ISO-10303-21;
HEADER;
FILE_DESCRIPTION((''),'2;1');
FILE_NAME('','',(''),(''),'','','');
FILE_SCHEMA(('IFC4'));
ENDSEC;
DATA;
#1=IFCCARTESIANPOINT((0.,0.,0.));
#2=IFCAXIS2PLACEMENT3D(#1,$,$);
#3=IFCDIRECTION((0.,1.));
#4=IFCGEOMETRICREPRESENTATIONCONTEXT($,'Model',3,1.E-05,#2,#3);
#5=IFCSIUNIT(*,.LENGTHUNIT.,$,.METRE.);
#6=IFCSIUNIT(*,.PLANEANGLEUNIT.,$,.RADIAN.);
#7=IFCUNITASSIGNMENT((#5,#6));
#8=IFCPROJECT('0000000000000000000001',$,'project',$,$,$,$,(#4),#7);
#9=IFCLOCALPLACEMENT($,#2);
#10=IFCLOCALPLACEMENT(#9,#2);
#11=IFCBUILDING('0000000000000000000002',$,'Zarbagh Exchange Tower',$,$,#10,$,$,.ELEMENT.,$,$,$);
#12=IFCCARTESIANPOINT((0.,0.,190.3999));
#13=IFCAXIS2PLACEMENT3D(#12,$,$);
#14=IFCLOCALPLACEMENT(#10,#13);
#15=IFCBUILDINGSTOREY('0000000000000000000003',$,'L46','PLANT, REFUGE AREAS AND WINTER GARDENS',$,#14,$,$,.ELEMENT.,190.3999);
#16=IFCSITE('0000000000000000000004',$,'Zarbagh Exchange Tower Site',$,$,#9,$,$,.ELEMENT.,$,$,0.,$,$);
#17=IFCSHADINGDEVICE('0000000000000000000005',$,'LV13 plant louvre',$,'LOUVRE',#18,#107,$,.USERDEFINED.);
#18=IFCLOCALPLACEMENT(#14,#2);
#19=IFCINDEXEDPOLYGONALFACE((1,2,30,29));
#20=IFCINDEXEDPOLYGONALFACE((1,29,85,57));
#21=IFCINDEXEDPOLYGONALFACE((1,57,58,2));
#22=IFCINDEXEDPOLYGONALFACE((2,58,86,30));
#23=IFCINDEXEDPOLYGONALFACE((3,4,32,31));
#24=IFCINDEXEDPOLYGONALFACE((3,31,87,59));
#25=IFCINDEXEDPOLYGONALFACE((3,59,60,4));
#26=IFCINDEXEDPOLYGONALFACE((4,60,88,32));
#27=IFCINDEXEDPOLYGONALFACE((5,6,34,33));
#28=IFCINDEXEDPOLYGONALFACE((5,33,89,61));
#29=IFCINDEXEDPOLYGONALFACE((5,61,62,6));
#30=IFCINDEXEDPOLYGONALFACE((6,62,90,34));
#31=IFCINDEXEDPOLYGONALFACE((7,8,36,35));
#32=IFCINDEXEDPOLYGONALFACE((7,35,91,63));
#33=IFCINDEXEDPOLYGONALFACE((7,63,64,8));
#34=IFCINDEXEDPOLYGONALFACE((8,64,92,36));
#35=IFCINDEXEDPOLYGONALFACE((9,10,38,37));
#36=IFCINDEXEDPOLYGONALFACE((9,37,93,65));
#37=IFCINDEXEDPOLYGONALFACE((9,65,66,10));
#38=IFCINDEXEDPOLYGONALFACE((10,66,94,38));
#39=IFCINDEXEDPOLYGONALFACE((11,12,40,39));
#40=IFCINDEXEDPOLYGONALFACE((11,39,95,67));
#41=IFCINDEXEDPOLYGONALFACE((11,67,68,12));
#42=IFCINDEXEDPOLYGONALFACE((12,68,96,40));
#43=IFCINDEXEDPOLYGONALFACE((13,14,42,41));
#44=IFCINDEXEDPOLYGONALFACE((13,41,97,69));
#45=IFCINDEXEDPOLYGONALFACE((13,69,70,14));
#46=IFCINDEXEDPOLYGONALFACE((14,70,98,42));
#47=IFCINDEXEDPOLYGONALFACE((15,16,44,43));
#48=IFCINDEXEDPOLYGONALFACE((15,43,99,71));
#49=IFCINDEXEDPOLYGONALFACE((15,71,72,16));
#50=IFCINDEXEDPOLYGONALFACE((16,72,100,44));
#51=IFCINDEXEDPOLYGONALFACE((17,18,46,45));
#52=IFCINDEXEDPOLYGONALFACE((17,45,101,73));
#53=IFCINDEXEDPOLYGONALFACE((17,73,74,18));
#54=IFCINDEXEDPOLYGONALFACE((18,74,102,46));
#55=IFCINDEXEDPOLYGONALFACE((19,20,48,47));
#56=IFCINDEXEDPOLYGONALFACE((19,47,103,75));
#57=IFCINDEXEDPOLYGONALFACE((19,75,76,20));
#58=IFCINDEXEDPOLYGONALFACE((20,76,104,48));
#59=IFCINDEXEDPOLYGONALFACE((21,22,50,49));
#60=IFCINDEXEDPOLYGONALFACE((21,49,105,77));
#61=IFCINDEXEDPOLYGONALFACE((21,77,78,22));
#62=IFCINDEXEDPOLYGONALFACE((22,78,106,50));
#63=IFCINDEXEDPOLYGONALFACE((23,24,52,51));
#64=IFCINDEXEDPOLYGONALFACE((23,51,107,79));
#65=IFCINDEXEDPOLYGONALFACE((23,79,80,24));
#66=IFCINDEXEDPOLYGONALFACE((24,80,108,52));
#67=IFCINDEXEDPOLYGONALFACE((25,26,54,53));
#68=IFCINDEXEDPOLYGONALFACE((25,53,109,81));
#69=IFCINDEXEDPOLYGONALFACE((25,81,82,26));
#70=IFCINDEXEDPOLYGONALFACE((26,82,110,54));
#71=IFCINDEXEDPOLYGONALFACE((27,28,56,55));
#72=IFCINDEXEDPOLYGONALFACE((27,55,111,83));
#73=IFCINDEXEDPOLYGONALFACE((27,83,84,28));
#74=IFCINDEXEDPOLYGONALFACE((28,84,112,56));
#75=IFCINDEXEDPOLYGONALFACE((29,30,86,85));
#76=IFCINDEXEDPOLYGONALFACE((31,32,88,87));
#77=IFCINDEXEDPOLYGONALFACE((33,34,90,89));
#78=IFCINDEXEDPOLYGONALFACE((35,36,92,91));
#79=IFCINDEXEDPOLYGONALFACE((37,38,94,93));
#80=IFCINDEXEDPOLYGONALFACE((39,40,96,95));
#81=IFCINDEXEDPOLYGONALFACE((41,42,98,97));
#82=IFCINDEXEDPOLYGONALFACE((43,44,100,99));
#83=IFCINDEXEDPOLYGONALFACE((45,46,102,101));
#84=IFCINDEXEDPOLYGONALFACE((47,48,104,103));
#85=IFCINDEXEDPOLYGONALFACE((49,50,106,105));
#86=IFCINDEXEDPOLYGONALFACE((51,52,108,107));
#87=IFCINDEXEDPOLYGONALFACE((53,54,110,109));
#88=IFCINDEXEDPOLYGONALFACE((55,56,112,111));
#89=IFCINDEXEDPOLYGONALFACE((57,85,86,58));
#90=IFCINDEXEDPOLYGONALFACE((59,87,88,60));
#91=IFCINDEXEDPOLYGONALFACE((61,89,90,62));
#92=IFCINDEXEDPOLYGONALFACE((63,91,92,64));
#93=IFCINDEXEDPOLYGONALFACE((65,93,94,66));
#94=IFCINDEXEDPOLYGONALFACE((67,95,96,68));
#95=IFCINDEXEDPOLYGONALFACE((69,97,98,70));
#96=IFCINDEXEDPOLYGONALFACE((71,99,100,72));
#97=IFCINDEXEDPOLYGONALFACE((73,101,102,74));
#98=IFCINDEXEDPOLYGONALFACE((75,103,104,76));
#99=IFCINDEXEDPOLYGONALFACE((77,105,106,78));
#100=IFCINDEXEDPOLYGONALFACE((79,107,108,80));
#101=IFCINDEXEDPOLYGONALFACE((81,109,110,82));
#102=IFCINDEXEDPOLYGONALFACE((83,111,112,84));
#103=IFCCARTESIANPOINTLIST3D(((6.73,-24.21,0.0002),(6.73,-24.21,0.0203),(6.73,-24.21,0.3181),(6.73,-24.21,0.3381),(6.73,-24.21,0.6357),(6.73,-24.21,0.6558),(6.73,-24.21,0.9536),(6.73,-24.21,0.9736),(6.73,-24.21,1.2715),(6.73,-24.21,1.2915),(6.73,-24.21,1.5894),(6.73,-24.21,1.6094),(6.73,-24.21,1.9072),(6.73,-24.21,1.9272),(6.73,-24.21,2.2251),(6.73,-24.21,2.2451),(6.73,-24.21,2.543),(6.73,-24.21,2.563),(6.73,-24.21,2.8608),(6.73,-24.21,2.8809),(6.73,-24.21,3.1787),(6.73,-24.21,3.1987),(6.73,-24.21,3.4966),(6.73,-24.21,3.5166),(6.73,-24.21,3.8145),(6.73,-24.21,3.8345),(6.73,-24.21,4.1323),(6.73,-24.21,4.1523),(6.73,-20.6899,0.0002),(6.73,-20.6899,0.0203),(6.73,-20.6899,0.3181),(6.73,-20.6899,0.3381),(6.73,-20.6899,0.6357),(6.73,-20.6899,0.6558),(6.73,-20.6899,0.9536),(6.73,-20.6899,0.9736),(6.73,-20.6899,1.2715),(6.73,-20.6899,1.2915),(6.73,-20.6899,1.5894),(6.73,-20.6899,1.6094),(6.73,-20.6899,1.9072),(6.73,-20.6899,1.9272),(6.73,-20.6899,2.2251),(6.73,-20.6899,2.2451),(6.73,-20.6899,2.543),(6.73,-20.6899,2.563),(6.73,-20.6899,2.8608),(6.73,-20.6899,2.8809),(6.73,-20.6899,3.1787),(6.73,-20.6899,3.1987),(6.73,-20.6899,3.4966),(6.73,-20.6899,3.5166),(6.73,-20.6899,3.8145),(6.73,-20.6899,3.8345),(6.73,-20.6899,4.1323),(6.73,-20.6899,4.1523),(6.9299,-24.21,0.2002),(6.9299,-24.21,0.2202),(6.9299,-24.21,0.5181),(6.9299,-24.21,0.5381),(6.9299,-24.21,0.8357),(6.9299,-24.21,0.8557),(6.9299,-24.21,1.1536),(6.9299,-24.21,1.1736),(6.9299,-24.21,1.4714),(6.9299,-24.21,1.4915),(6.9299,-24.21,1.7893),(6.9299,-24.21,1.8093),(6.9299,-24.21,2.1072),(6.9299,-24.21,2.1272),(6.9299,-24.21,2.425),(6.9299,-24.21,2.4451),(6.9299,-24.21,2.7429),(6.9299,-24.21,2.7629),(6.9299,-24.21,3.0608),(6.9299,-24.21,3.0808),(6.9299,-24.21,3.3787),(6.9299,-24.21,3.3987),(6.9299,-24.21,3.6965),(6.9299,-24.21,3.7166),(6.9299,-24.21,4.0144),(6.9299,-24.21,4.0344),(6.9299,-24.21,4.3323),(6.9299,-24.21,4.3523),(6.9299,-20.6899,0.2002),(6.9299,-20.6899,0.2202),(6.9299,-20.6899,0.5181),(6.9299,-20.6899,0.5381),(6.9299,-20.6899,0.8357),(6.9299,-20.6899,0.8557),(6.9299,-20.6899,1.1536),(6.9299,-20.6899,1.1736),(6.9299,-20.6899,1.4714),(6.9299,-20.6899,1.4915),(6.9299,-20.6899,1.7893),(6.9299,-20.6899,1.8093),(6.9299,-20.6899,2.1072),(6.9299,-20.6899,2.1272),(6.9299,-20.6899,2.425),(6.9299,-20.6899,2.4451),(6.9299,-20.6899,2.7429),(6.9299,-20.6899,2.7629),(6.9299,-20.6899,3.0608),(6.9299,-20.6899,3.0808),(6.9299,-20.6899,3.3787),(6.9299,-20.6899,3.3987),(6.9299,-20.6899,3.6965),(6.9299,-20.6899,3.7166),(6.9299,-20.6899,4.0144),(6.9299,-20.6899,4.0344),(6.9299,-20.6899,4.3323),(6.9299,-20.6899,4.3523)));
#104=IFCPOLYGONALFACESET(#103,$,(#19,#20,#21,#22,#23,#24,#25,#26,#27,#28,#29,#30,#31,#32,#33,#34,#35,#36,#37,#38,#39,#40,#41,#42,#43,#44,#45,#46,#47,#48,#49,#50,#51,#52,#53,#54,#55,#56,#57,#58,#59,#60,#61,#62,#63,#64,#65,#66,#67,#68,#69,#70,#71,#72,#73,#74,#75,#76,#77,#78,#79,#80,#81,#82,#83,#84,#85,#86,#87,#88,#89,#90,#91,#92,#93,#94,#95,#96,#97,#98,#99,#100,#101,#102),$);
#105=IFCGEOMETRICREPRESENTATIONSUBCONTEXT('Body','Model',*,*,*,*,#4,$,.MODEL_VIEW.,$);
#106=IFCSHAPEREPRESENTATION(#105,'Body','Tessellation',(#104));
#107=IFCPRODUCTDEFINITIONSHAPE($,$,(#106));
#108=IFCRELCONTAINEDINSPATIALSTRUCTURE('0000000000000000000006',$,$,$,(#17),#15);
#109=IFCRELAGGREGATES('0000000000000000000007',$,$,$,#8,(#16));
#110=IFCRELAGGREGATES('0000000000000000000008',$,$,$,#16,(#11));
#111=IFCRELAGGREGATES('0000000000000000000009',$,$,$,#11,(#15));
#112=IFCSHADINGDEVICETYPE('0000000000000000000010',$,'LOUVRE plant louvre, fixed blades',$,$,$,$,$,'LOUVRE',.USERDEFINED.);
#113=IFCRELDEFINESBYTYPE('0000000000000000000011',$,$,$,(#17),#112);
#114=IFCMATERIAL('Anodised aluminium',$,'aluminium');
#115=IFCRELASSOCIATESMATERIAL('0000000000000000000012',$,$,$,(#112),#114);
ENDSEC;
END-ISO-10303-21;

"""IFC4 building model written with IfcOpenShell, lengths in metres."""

from ifc_helpers import new_model, si_unit, direction, frame, origin, place, context, subcontext, project, spatial, polyline, outline, extrude, source, transform, mapped, material, type_object, element, save


model = new_model("IFC4")

# Units and contexts
model_context = context("Model", 3, precision=1e-05, world=origin(), true_north=direction((0.0, 1.0)))
body_context = subcontext(model_context, "Body", "Model", "MODEL_VIEW")
ifc_project = project(units=[si_unit("LENGTHUNIT", "METRE"), si_unit("PLANEANGLEUNIT", "RADIAN")], contexts=[model_context])

# Site, building, storey
site_placement = place(None, origin())
site = spatial("IfcSite", under=ifc_project, at=site_placement, Name="Zarbagh Exchange Tower Site", CompositionType="ELEMENT", RefElevation=0.0)
building_placement = place(site_placement, origin())
building = spatial("IfcBuilding", under=site, at=building_placement, Name="Zarbagh Exchange Tower", CompositionType="ELEMENT")
storey_placement = place(building_placement, frame((0.0, 0.0, 190.3999)))
storey = spatial("IfcBuildingStorey", under=building, at=storey_placement, Name="L46", Description="PLANT, REFUGE AREAS AND WINTER GARDENS", CompositionType="ELEMENT", Elevation=190.3999)

# Shared definitions
placement = place(storey_placement, origin())

# Shading device
ifc_material_1 = material(Name="Anodised aluminium", Category="aluminium")
shading_device_type = type_object("IfcShadingDeviceType", Name="LOUVRE plant louvre, fixed blades", ElementType="LOUVRE", PredefinedType="USERDEFINED", material=ifc_material_1)
shared_shape_1 = source(origin(), body_context, "Body", "SweptSolid", [
    extrude(outline(polyline([(0.0, 0.2), (0.2, 0.0), (0.2, -0.02), (0.0, 0.1799), (0.0, 0.2)])), origin(), (0.0, 0.0, 1.0), 3.52),
])
element("IfcShadingDevice", 1, at=placement, inside=storey, type_object=shading_device_type, Name="LV13 plant louvre", ObjectType="LOUVRE", PredefinedType="USERDEFINED", context=body_context, shape_type="MappedRepresentation", body=[
    mapped(shared_shape_1, transform((6.73, -24.21, 0.2002), x_axis=(1.0, 0.0, 0.0), y_axis=(0.0, 0.0, -1.0), z_axis=(0.0, 1.0, 0.0))),
    mapped(shared_shape_1, transform((6.73, -24.21, 0.5181), x_axis=(1.0, 0.0, 0.0), y_axis=(0.0, 0.0, -1.0), z_axis=(0.0, 1.0, 0.0))),
    mapped(shared_shape_1, transform((6.73, -24.21, 0.8357), x_axis=(1.0, 0.0, 0.0), y_axis=(0.0, 0.0, -1.0), z_axis=(0.0, 1.0, 0.0))),
    mapped(shared_shape_1, transform((6.73, -24.21, 1.1536), x_axis=(1.0, 0.0, 0.0), y_axis=(0.0, 0.0, -1.0), z_axis=(0.0, 1.0, 0.0))),
    mapped(shared_shape_1, transform((6.73, -24.21, 1.4714), x_axis=(1.0, 0.0, 0.0), y_axis=(0.0, 0.0, -1.0), z_axis=(0.0, 1.0, 0.0))),
    mapped(shared_shape_1, transform((6.73, -24.21, 1.7893), x_axis=(1.0, 0.0, 0.0), y_axis=(0.0, 0.0, -1.0), z_axis=(0.0, 1.0, 0.0))),
    mapped(shared_shape_1, transform((6.73, -24.21, 2.1072), x_axis=(1.0, 0.0, 0.0), y_axis=(0.0, 0.0, -1.0), z_axis=(0.0, 1.0, 0.0))),
    mapped(shared_shape_1, transform((6.73, -24.21, 2.425), x_axis=(1.0, 0.0, 0.0), y_axis=(0.0, 0.0, -1.0), z_axis=(0.0, 1.0, 0.0))),
    mapped(shared_shape_1, transform((6.73, -24.21, 2.7429), x_axis=(1.0, 0.0, 0.0), y_axis=(0.0, 0.0, -1.0), z_axis=(0.0, 1.0, 0.0))),
    mapped(shared_shape_1, transform((6.73, -24.21, 3.0608), x_axis=(1.0, 0.0, 0.0), y_axis=(0.0, 0.0, -1.0), z_axis=(0.0, 1.0, 0.0))),
    mapped(shared_shape_1, transform((6.73, -24.21, 3.3787), x_axis=(1.0, 0.0, 0.0), y_axis=(0.0, 0.0, -1.0), z_axis=(0.0, 1.0, 0.0))),
    mapped(shared_shape_1, transform((6.73, -24.21, 3.6965), x_axis=(1.0, 0.0, 0.0), y_axis=(0.0, 0.0, -1.0), z_axis=(0.0, 1.0, 0.0))),
    mapped(shared_shape_1, transform((6.73, -24.21, 4.0144), x_axis=(1.0, 0.0, 0.0), y_axis=(0.0, 0.0, -1.0), z_axis=(0.0, 1.0, 0.0))),
    mapped(shared_shape_1, transform((6.73, -24.21, 4.3323), x_axis=(1.0, 0.0, 0.0), y_axis=(0.0, 0.0, -1.0), z_axis=(0.0, 1.0, 0.0))),
])

save(model, "model.ifc")
